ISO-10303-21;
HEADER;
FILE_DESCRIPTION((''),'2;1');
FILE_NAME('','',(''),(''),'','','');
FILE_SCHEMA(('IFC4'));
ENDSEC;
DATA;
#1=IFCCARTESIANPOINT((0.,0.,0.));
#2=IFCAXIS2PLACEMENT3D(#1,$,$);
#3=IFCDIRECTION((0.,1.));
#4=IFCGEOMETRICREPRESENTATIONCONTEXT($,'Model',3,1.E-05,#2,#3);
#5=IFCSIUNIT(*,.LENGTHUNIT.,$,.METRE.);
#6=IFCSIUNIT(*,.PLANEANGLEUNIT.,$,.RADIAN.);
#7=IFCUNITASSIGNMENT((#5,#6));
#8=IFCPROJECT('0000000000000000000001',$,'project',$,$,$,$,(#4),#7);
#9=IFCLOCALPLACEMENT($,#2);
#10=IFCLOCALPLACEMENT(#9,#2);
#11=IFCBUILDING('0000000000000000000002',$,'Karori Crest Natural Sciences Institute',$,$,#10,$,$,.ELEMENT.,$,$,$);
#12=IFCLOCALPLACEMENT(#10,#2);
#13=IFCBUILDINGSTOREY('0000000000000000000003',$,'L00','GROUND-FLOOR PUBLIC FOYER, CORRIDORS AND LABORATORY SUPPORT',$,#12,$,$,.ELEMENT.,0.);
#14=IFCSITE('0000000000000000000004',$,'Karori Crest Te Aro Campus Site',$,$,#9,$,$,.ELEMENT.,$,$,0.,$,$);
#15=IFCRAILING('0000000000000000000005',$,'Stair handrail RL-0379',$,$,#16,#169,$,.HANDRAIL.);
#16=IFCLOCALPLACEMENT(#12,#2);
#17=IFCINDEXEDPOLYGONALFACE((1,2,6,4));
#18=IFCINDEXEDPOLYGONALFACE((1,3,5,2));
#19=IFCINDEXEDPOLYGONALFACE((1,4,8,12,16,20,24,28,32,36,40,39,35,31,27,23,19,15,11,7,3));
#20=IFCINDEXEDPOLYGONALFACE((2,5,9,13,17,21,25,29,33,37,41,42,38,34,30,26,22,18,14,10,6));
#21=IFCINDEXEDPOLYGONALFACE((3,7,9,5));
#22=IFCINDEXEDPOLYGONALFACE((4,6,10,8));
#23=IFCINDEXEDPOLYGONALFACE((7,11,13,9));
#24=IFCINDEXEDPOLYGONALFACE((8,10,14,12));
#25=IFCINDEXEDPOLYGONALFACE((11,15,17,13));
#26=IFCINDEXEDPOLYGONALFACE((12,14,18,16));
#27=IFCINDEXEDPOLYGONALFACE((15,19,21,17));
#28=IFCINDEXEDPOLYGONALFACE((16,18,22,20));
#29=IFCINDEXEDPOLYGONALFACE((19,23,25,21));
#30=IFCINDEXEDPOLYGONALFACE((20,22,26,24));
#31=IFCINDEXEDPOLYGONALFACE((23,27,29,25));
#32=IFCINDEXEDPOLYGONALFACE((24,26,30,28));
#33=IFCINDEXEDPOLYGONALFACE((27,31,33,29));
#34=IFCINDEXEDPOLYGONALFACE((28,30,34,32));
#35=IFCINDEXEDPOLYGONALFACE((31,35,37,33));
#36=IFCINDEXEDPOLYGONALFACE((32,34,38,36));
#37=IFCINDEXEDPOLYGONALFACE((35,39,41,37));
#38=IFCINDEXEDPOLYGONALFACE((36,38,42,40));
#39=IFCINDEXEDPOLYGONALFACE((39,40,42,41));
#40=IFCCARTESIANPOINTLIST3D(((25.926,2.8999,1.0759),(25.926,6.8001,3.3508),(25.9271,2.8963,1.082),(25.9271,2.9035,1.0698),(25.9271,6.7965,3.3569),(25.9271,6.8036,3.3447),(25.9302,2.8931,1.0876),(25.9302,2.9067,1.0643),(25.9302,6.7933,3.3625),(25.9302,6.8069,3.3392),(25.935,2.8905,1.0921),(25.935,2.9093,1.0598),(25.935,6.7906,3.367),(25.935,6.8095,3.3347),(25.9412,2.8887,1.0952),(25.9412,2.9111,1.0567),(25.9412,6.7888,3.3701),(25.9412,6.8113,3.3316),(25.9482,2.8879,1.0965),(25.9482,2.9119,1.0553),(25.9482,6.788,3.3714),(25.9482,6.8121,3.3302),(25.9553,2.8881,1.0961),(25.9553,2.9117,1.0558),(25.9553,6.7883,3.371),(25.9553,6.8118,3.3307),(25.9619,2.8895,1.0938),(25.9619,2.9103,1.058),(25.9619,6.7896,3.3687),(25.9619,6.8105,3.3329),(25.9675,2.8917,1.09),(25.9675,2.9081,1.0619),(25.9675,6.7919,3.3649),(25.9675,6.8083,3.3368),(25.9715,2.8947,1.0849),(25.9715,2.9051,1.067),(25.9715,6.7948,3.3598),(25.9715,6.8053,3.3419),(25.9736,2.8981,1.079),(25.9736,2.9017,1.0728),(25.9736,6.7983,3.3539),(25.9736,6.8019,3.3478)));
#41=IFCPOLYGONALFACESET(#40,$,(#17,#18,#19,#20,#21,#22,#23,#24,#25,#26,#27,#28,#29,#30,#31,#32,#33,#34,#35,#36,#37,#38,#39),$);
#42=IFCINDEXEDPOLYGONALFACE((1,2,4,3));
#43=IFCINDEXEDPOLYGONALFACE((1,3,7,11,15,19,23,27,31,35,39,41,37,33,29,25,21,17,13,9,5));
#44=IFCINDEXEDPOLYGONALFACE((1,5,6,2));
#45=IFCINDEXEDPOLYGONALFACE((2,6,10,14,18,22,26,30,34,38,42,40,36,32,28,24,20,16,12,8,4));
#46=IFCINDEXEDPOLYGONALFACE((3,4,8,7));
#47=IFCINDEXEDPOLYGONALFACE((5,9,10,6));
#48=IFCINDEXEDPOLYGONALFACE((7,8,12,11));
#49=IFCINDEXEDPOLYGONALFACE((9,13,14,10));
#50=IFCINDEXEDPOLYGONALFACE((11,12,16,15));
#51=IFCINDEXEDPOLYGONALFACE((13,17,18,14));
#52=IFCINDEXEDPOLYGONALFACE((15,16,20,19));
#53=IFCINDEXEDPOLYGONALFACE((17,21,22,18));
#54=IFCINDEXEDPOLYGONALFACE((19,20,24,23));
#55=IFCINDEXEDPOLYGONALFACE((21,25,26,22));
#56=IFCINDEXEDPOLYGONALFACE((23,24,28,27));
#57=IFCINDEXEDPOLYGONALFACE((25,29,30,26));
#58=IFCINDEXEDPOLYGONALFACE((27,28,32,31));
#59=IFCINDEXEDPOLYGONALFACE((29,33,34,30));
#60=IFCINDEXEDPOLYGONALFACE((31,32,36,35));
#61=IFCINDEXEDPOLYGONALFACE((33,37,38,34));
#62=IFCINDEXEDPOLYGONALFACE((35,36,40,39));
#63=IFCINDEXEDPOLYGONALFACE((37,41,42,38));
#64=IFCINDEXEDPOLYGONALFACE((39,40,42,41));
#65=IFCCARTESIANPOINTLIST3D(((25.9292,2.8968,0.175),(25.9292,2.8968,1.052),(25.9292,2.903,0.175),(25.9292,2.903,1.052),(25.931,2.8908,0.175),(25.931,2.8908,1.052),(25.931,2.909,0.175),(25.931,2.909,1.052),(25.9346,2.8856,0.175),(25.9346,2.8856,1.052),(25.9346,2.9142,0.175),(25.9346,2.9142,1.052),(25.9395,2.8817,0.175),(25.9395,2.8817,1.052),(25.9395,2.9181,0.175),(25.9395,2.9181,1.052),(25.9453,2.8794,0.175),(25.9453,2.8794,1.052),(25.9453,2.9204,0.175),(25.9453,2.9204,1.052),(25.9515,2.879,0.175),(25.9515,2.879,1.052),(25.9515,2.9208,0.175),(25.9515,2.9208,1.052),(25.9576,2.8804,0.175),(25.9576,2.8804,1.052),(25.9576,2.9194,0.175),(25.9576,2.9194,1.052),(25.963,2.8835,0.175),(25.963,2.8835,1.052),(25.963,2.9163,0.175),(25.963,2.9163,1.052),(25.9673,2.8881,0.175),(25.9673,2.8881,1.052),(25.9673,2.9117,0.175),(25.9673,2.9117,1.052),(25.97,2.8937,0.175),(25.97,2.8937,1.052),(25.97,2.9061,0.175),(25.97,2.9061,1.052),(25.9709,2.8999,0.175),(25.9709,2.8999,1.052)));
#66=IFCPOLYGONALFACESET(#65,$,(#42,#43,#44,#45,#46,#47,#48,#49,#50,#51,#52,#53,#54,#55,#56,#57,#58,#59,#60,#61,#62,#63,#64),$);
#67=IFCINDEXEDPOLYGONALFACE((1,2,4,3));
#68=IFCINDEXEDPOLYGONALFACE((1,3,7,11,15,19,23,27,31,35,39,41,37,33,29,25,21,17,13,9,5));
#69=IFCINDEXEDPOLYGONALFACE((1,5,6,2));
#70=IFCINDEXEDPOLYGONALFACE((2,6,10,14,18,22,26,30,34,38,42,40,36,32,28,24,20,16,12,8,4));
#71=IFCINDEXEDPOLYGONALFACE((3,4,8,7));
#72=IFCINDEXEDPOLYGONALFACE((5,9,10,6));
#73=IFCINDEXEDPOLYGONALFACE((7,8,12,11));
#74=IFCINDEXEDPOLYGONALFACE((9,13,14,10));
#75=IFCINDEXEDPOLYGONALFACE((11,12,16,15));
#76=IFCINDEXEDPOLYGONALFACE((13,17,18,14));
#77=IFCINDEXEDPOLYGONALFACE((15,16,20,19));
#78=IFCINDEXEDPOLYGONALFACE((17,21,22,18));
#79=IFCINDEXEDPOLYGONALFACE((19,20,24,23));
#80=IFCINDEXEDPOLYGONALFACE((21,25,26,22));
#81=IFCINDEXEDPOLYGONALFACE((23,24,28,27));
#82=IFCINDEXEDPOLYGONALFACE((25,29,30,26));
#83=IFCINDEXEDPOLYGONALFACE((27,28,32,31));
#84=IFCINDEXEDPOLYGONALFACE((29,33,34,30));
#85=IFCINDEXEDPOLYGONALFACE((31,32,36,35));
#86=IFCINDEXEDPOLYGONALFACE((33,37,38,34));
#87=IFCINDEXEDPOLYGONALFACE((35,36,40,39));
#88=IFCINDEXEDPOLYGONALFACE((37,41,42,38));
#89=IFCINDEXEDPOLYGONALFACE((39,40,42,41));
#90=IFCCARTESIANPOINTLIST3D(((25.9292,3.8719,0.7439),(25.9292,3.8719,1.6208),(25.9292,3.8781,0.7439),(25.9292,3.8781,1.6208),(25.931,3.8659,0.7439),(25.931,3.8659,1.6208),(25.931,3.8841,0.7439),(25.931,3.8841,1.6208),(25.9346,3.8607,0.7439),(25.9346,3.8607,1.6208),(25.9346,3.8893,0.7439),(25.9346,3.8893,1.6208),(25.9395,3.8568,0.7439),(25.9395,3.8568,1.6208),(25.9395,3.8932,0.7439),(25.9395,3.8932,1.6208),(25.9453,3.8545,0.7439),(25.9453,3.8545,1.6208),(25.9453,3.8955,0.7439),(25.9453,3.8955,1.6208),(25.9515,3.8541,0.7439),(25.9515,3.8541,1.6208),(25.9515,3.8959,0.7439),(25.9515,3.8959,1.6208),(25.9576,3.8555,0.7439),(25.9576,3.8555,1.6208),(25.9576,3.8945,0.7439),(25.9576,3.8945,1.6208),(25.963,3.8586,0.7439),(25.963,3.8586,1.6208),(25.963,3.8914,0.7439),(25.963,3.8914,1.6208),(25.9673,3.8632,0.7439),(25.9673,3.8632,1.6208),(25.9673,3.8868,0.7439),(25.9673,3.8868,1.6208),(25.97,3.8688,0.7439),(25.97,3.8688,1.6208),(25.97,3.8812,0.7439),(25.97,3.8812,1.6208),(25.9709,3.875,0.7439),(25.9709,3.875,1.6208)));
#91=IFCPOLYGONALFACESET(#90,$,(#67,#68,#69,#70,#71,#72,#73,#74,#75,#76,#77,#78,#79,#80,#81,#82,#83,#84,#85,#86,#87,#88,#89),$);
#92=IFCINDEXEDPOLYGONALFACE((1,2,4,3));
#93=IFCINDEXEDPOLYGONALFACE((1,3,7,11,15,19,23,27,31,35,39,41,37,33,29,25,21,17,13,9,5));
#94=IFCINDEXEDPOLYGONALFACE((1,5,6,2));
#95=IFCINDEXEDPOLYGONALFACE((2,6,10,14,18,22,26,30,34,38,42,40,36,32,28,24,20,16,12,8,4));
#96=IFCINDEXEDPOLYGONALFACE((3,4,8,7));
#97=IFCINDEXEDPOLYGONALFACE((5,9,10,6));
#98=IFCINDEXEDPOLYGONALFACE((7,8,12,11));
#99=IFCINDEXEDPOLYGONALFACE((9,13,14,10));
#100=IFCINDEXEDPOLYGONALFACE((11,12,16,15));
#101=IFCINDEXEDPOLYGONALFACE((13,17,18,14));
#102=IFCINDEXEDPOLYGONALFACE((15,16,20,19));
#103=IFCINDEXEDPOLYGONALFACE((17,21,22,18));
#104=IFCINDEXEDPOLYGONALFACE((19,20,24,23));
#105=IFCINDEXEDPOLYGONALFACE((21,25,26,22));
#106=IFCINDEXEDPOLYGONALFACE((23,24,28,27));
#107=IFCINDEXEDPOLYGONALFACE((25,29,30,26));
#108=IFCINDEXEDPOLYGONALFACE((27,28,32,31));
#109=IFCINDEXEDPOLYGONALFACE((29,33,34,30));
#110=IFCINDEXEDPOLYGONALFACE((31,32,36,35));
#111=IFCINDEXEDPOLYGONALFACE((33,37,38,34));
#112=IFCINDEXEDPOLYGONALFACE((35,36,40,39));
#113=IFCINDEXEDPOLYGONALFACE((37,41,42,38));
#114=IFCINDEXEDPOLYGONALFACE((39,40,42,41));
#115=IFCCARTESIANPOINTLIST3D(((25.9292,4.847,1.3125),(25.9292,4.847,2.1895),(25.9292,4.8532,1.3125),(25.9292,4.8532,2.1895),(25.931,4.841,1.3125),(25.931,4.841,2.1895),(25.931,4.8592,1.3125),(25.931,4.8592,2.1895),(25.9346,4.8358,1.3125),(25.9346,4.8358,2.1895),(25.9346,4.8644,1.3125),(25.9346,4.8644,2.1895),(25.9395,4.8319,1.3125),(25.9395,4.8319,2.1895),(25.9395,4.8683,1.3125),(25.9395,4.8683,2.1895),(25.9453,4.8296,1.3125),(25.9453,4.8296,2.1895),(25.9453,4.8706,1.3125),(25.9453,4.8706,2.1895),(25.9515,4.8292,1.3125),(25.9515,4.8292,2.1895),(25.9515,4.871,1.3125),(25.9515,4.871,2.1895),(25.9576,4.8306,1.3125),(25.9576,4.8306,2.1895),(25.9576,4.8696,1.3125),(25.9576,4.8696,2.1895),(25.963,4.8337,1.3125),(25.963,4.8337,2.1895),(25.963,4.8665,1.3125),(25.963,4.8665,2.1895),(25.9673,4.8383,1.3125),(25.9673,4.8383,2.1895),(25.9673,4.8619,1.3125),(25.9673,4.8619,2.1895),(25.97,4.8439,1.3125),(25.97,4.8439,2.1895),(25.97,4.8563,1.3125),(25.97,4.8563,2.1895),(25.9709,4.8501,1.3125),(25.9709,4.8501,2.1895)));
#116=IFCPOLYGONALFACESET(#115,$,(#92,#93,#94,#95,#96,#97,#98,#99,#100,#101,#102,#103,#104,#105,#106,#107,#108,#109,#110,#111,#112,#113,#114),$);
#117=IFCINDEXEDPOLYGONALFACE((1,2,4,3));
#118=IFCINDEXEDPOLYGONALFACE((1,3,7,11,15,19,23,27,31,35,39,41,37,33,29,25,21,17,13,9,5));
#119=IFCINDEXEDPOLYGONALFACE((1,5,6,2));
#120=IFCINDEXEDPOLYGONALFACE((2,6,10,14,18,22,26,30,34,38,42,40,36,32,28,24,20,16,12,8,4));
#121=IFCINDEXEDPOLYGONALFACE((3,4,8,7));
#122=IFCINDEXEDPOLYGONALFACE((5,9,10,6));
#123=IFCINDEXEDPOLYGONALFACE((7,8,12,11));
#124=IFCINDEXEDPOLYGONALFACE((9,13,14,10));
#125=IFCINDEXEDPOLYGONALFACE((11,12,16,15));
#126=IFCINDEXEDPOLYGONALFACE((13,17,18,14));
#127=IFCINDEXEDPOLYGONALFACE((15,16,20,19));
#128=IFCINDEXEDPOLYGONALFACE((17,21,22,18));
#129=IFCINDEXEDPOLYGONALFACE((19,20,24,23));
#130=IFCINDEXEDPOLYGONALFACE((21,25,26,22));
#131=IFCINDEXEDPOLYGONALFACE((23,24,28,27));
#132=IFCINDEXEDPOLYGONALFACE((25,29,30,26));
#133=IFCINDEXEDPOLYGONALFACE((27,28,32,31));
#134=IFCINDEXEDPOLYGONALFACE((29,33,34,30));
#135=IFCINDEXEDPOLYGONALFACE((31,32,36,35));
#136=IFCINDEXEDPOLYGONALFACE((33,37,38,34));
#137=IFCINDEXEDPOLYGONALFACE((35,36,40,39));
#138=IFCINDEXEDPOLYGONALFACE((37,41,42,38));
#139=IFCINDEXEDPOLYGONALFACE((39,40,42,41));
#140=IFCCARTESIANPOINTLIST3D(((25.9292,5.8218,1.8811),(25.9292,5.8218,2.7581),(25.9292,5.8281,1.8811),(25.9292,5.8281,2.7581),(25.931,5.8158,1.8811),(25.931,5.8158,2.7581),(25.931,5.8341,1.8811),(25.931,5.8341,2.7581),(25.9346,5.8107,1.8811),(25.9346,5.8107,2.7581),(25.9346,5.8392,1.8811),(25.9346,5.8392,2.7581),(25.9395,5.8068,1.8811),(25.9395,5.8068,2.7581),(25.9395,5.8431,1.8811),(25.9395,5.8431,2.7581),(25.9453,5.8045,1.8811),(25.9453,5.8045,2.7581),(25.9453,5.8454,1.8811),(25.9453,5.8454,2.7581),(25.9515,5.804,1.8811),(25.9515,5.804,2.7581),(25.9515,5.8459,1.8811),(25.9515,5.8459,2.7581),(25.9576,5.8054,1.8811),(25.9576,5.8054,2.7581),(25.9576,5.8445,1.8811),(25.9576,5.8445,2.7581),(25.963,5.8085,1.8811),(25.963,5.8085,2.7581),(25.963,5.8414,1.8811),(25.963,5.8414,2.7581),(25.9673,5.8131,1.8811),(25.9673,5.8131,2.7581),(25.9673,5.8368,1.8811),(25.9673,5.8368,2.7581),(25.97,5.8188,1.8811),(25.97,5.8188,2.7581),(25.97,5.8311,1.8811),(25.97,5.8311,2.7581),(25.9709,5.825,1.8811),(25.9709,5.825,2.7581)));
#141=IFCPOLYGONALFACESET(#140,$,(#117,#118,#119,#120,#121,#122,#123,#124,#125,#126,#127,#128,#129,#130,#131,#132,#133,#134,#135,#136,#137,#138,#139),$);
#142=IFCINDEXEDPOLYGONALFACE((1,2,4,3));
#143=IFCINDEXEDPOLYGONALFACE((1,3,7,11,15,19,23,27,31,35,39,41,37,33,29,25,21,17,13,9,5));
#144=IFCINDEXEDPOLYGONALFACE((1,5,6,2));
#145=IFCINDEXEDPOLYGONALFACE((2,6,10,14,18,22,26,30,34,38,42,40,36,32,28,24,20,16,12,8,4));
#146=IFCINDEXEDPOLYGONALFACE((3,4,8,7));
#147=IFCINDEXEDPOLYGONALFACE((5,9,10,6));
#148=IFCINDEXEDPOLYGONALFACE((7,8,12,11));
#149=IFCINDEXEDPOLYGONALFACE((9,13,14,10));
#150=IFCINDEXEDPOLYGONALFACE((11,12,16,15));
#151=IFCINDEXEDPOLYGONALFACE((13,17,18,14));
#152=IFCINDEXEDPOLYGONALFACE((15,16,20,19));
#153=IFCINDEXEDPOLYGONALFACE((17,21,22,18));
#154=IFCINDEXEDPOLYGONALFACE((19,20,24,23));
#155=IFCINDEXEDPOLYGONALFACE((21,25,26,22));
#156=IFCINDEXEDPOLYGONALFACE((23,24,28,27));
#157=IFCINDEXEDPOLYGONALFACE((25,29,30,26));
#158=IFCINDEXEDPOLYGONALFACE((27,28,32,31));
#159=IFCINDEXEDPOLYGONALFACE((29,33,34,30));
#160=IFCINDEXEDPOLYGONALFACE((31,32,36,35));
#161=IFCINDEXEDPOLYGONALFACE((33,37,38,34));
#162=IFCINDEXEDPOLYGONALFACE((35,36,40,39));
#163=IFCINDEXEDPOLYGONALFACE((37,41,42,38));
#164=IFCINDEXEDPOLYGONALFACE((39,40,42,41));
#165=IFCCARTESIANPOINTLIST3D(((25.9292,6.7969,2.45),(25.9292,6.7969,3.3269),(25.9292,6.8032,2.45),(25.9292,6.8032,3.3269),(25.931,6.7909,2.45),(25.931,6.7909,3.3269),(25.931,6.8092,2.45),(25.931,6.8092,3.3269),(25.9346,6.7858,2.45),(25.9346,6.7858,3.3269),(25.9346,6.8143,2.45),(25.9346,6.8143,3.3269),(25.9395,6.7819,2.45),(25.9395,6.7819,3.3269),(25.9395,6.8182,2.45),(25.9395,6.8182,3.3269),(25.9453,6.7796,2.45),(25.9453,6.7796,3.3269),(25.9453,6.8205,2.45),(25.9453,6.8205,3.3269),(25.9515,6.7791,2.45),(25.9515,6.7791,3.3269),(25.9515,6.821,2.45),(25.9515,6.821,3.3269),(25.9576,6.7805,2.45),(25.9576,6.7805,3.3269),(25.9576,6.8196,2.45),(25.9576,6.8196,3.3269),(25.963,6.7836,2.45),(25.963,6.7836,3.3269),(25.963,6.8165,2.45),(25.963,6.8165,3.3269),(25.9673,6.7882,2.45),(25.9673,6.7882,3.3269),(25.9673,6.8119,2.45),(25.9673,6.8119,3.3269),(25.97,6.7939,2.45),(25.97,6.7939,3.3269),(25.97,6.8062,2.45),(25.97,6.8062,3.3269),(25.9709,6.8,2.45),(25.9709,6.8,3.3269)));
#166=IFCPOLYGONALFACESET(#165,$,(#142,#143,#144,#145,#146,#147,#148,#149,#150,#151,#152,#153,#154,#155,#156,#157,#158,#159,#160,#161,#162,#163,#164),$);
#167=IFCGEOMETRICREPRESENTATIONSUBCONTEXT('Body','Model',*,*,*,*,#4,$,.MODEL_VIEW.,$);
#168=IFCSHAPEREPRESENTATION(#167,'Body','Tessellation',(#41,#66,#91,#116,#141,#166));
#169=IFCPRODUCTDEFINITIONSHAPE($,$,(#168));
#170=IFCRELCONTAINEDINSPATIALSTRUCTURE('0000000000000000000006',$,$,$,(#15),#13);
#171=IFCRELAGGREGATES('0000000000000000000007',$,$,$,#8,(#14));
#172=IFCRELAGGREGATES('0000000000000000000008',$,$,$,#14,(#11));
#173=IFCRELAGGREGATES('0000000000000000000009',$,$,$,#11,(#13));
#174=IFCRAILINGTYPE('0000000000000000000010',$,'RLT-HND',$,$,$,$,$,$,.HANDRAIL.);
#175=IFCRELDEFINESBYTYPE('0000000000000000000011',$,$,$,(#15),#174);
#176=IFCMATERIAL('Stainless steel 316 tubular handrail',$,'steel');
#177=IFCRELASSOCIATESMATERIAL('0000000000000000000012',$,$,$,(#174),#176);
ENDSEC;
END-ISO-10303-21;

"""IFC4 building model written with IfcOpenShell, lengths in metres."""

from ifc_helpers import new_model, si_unit, direction, frame, origin, origin_2d, place, context, subcontext, project, spatial, circle, extrude, material, type_object, element, save


model = new_model("IFC4")

# Units and contexts
model_context = context("Model", 3, precision=1e-05, world=origin(), true_north=direction((0.0, 1.0)))
body_context = subcontext(model_context, "Body", "Model", "MODEL_VIEW")
ifc_project = project(units=[si_unit("LENGTHUNIT", "METRE"), si_unit("PLANEANGLEUNIT", "RADIAN")], contexts=[model_context])

# Site, building, storey
site_placement = place(None, origin())
site = spatial("IfcSite", under=ifc_project, at=site_placement, Name="Karori Crest Te Aro Campus Site", CompositionType="ELEMENT", RefElevation=0.0)
building_placement = place(site_placement, origin())
building = spatial("IfcBuilding", under=site, at=building_placement, Name="Karori Crest Natural Sciences Institute", CompositionType="ELEMENT")
storey_placement = place(building_placement, origin())
storey = spatial("IfcBuildingStorey", under=building, at=storey_placement, Name="L00", Description="GROUND-FLOOR PUBLIC FOYER, CORRIDORS AND LABORATORY SUPPORT", CompositionType="ELEMENT", Elevation=0.0)

# Railing
ifc_material_1 = material(Name="Stainless steel 316 tubular handrail", Category="steel")
railing_type_1 = type_object("IfcRailingType", Name="RLT-HND", PredefinedType="HANDRAIL", material=ifc_material_1)
railing_1_placement = place(storey_placement, frame((25.95, 2.8999, 0.175)))
element("IfcRailing", 1, at=railing_1_placement, inside=storey, type_object=railing_type_1, Name="Stair handrail RL-0379", PredefinedType="HANDRAIL", context=body_context, shape_type="SweptSolid", body=[
    extrude(circle(Radius=0.0239, at=origin_2d()), frame((0.0, 0.0, 0.9009), z_axis=(0.0, 0.863797, 0.503841), x_axis=(-1.0, 0.0, 0.0)), (0.0, 0.0, 1.0), 4.5151),
    extrude(circle(Radius=0.021, at=origin_2d()), origin(), (0.0, 0.0, 1.0), 0.877),
    extrude(circle(Radius=0.021, at=origin_2d()), frame((0.0, 0.9751, 0.5688)), (0.0, 0.0, 1.0), 0.877),
    extrude(circle(Radius=0.021, at=origin_2d()), frame((0.0, 1.9502, 1.1375)), (0.0, 0.0, 1.0), 0.877),
    extrude(circle(Radius=0.021, at=origin_2d()), frame((0.0, 2.925, 1.7061)), (0.0, 0.0, 1.0), 0.877),
    extrude(circle(Radius=0.021, at=origin_2d()), frame((0.0, 3.9001, 2.2749)), (0.0, 0.0, 1.0), 0.877),
])

save(model, "model.ifc")
